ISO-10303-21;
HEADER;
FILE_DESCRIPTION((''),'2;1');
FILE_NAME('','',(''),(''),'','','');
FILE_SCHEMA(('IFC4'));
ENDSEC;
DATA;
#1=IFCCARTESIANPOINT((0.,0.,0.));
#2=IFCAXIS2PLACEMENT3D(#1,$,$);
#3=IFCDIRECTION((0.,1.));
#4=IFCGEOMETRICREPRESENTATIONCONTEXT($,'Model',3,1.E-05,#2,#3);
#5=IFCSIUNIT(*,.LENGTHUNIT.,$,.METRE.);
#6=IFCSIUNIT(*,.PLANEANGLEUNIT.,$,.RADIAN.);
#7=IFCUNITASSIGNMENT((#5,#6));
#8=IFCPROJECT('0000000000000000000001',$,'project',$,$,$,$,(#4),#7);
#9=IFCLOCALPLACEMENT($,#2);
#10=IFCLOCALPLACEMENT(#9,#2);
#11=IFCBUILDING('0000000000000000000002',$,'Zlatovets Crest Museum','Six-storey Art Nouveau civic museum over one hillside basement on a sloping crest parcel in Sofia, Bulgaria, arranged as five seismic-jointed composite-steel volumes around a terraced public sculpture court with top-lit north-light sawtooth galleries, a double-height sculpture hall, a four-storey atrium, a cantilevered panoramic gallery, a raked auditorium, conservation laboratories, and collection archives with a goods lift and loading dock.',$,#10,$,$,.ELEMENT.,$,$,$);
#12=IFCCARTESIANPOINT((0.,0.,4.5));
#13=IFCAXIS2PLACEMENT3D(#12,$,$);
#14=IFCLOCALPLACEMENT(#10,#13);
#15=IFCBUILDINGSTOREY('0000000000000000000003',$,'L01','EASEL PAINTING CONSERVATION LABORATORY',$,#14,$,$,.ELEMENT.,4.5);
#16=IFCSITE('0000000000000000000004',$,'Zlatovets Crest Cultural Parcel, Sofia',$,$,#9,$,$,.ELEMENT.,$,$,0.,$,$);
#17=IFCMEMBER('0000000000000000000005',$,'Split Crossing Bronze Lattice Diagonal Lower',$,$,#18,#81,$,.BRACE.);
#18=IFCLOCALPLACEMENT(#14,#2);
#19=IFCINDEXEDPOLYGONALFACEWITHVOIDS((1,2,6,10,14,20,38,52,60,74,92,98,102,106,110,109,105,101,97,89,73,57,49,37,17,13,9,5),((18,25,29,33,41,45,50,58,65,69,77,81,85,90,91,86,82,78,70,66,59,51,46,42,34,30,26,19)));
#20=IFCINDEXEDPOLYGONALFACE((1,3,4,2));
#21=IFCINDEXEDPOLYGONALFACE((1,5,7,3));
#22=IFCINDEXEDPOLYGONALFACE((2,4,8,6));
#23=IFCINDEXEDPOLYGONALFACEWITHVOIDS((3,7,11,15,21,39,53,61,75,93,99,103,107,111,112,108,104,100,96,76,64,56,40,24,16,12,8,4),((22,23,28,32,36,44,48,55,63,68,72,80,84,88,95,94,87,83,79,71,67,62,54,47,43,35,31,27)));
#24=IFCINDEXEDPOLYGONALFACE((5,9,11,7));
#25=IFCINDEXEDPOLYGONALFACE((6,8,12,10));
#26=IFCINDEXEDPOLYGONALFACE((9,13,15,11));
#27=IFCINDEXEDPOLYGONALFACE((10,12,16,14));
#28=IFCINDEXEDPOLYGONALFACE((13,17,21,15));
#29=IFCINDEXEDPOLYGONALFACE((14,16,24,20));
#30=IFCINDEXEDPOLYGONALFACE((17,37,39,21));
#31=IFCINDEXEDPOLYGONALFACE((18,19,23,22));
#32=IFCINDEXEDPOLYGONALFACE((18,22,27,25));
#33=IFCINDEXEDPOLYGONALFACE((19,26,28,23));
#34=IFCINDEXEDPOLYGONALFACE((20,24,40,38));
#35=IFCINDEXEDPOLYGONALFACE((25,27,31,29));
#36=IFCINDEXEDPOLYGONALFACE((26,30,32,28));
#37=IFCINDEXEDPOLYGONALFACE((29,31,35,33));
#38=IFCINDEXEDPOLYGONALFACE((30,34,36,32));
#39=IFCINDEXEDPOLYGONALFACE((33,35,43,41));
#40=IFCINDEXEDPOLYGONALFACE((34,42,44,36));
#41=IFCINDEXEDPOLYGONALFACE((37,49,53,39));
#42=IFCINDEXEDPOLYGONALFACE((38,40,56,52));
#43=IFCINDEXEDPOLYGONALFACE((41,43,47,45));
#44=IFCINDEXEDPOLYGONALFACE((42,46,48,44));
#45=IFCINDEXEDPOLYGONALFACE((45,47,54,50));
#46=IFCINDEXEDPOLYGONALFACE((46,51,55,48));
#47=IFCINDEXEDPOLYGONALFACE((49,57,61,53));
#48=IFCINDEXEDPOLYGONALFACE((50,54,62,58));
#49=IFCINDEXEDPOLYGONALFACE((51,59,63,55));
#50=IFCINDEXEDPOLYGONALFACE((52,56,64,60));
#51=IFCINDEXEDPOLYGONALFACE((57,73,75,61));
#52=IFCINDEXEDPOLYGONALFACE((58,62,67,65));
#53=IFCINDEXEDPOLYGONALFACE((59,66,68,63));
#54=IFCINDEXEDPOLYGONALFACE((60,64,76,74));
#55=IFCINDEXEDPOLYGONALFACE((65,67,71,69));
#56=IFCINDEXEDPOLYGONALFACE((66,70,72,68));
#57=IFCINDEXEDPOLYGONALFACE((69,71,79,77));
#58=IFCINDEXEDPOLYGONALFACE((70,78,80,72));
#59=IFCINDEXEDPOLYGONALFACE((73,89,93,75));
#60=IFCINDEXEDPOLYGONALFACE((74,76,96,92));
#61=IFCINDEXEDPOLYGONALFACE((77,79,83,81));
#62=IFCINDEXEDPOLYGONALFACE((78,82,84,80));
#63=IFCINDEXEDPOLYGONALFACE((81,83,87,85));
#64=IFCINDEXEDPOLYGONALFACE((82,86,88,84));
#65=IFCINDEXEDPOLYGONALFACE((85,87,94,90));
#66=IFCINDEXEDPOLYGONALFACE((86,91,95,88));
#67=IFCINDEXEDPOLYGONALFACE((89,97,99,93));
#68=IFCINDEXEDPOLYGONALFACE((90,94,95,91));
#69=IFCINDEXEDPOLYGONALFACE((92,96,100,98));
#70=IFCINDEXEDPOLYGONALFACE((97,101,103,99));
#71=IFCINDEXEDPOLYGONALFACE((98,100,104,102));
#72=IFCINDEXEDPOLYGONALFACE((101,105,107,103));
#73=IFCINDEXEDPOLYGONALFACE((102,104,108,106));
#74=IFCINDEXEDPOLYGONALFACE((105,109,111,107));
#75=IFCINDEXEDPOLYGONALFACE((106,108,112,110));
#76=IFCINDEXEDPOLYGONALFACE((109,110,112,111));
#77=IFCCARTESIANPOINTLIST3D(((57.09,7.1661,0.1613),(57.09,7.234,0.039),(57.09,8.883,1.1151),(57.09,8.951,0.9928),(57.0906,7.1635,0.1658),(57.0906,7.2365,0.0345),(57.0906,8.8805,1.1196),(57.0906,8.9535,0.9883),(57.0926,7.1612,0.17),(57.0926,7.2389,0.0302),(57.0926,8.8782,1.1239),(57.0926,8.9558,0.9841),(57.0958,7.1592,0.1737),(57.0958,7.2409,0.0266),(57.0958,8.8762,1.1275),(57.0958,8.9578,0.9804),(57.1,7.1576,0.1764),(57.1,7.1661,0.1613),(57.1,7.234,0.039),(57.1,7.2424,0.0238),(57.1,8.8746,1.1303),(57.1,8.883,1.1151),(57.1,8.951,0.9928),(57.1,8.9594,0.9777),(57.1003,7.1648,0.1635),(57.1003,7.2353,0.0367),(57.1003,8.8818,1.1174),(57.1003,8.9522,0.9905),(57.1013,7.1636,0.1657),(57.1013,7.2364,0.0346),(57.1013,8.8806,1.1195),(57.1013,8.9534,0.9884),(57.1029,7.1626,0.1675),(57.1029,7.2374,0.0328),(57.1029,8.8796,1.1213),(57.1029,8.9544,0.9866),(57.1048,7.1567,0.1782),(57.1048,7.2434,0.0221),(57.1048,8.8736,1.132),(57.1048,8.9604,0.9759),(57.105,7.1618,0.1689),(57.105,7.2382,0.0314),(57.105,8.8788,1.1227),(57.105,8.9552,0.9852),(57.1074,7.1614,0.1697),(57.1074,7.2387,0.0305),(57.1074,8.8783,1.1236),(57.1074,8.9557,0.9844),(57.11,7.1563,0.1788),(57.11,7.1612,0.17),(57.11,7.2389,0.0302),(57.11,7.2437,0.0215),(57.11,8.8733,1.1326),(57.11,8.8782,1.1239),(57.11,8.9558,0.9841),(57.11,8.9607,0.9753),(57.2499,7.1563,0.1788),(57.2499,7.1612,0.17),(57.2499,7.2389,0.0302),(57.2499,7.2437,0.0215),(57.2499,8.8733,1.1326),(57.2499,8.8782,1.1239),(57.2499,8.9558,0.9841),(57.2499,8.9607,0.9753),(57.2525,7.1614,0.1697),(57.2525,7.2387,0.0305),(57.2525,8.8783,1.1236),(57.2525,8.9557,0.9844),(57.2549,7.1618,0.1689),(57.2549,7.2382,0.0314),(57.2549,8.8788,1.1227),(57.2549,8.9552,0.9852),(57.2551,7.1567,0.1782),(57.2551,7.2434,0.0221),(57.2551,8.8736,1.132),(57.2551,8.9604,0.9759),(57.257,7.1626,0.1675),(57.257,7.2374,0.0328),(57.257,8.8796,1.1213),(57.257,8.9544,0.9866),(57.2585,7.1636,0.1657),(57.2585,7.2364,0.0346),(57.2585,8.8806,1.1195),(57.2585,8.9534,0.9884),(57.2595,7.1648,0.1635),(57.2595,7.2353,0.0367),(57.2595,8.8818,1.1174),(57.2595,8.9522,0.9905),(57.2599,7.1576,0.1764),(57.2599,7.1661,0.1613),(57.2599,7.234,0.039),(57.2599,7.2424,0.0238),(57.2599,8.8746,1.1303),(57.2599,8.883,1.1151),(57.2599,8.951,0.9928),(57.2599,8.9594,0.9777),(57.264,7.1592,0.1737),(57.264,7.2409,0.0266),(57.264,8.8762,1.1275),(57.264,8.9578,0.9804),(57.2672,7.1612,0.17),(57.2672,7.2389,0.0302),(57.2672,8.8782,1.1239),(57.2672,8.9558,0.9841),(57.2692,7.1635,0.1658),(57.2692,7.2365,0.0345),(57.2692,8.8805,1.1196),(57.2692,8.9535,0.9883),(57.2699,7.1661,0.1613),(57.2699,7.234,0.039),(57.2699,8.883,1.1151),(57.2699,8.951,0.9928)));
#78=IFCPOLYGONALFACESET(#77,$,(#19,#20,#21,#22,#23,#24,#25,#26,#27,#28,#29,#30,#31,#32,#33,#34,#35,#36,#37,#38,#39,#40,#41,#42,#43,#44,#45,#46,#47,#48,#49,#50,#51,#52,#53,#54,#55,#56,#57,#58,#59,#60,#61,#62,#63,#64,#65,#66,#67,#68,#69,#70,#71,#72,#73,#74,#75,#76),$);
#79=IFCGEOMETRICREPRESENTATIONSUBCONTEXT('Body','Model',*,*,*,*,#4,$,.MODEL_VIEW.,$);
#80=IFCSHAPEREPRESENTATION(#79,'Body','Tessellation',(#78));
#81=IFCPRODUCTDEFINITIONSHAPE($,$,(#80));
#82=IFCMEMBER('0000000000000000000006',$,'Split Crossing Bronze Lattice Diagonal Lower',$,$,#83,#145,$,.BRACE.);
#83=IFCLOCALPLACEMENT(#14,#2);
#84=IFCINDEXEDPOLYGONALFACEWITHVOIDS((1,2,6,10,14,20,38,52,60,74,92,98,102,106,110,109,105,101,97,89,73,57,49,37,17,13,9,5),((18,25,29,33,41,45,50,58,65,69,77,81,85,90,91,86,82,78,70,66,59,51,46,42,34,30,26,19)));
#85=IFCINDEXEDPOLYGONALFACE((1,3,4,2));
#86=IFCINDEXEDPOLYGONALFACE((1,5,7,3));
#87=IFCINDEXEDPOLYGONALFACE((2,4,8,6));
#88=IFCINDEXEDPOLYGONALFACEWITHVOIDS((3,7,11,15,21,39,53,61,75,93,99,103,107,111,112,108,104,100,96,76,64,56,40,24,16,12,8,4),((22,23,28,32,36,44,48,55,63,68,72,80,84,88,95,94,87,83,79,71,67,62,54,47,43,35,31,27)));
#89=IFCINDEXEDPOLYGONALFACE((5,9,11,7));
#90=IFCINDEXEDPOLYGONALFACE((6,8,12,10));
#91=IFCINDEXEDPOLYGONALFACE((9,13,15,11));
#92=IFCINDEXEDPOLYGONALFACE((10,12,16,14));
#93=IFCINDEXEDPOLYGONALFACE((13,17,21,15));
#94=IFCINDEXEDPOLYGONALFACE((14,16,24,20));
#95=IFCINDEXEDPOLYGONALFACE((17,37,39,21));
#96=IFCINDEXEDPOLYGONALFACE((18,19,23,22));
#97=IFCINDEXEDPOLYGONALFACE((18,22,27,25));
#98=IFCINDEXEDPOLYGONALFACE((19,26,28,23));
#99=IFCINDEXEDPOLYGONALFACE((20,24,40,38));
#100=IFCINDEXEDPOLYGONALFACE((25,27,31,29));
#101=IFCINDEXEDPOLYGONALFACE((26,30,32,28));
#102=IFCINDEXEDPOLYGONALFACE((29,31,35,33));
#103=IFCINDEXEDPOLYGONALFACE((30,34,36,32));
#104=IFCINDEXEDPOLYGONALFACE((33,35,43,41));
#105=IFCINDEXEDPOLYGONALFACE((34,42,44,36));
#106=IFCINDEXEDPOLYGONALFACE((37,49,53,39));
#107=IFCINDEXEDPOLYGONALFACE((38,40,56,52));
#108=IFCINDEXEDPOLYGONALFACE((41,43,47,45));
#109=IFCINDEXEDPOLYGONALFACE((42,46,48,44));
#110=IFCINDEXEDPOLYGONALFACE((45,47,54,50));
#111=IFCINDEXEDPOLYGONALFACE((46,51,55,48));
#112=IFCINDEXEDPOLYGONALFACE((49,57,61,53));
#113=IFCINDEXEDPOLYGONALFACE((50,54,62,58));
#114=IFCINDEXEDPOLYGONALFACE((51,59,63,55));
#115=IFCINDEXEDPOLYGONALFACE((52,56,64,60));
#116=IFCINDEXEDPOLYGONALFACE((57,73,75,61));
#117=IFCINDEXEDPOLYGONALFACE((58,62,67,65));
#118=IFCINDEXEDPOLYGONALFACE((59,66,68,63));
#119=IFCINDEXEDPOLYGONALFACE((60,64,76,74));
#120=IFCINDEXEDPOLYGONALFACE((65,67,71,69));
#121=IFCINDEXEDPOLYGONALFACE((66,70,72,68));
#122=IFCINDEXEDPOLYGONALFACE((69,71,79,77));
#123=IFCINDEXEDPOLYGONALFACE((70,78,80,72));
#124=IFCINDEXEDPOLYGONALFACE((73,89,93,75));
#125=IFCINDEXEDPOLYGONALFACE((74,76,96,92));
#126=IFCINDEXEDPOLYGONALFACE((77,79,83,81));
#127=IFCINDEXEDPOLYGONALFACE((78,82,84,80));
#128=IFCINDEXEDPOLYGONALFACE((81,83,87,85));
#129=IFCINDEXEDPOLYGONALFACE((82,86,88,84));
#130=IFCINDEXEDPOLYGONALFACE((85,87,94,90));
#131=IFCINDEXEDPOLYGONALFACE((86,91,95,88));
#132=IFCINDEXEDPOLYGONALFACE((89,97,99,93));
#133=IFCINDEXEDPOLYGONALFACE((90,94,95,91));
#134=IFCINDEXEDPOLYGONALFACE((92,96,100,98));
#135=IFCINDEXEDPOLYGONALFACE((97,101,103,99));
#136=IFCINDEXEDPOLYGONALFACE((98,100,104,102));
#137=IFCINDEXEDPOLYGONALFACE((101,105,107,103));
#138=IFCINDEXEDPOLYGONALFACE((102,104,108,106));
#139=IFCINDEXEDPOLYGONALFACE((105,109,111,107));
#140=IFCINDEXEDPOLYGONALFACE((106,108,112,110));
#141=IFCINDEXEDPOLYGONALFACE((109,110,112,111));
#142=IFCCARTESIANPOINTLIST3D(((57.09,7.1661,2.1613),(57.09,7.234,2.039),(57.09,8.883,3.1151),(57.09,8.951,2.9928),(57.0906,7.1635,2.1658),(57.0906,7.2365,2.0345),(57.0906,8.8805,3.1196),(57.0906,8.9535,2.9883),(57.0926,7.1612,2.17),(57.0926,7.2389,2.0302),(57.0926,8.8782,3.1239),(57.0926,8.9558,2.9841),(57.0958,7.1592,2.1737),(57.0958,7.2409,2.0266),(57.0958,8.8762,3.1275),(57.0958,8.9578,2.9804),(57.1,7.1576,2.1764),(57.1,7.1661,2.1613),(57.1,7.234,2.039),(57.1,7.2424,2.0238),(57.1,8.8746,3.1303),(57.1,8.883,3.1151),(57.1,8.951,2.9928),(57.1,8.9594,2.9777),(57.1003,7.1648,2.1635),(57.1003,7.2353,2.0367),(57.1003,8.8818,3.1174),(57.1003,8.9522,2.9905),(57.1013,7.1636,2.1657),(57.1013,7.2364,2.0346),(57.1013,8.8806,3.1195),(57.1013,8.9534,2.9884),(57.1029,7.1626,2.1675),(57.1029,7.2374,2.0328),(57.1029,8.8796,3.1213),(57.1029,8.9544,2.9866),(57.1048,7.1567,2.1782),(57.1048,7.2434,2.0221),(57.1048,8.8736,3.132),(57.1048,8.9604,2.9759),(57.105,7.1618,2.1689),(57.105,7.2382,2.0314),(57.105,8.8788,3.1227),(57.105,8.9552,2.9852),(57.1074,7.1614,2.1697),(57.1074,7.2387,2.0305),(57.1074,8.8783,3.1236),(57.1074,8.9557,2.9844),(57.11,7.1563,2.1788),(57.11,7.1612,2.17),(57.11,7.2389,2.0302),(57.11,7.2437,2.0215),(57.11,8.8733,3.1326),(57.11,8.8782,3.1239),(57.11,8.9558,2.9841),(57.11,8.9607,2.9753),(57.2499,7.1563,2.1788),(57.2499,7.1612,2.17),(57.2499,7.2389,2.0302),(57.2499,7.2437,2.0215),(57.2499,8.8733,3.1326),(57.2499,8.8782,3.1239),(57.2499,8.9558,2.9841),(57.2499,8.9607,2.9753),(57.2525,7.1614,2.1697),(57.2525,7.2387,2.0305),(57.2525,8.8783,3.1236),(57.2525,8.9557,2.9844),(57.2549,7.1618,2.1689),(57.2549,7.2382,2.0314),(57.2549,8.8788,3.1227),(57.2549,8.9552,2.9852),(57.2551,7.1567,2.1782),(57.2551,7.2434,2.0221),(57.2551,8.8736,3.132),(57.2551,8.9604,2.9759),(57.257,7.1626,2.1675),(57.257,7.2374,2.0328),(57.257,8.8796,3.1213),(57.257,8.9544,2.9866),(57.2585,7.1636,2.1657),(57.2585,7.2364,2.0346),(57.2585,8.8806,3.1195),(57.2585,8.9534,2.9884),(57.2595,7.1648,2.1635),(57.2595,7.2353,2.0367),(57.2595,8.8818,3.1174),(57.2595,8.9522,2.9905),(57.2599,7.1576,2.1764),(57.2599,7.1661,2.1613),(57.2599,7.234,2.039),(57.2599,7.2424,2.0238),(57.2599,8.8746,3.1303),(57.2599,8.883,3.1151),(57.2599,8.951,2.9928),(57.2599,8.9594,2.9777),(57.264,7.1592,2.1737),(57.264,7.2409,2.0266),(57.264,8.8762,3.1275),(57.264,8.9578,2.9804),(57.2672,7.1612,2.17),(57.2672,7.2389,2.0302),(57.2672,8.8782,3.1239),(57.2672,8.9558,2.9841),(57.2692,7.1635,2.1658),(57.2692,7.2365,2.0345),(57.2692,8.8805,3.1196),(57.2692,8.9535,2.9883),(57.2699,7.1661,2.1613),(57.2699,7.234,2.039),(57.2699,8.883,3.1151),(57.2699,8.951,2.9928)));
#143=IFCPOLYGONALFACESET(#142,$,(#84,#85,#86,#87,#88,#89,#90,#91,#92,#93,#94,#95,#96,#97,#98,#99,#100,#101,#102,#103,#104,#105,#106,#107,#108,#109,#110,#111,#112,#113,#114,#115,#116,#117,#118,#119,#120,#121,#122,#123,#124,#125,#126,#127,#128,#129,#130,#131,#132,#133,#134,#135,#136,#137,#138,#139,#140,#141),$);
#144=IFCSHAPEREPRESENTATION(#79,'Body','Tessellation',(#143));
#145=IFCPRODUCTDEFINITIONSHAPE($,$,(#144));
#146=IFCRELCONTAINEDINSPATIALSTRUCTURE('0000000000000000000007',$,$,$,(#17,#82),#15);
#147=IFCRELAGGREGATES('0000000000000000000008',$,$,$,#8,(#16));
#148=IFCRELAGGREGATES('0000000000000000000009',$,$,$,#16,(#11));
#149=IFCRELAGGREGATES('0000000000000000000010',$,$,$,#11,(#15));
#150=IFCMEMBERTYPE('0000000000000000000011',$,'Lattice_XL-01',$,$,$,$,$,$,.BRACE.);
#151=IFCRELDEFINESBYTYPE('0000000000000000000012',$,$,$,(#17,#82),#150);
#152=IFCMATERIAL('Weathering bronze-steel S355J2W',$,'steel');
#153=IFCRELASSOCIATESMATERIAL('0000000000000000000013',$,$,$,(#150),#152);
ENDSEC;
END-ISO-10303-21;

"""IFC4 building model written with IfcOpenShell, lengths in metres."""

from ifc_helpers import new_model, si_unit, direction, frame, origin, origin_2d, place, context, subcontext, project, spatial, hollow_rectangle, extrude, material, material_profile, profile_set, type_object, element, save


model = new_model("IFC4")

# Units and contexts
model_context = context("Model", 3, precision=1e-05, world=origin(), true_north=direction((0.0, 1.0)))
body_context = subcontext(model_context, "Body", "Model", "MODEL_VIEW")
ifc_project = project(units=[si_unit("LENGTHUNIT", "METRE"), si_unit("PLANEANGLEUNIT", "RADIAN")], contexts=[model_context])

# Site, building, storey
site_placement = place(None, origin())
site = spatial("IfcSite", under=ifc_project, at=site_placement, Name="Zlatovets Crest Cultural Parcel, Sofia", CompositionType="ELEMENT", RefElevation=0.0)
building_placement = place(site_placement, origin())
building = spatial("IfcBuilding", under=site, at=building_placement, Name="Zlatovets Crest Museum", Description="Six-storey Art Nouveau civic museum over one hillside basement on a sloping crest parcel in Sofia, Bulgaria, arranged as five seismic-jointed composite-steel volumes around a terraced public sculpture court with top-lit north-light sawtooth galleries, a double-height sculpture hall, a four-storey atrium, a cantilevered panoramic gallery, a raked auditorium, conservation laboratories, and collection archives with a goods lift and loading dock.", CompositionType="ELEMENT")
storey_placement = place(building_placement, frame((0.0, 0.0, 4.5)))
storey = spatial("IfcBuildingStorey", under=building, at=storey_placement, Name="L01", Description="EASEL PAINTING CONSERVATION LABORATORY", CompositionType="ELEMENT", Elevation=4.5)

# Members
ifc_material_1 = material(Name="Weathering bronze-steel S355J2W", Category="steel")
ifc_material_profile_1 = material_profile(ifc_material_1, hollow_rectangle(XDim=0.1799, YDim=0.1799, WallThickness=0.01, InnerFilletRadius=0.01, OuterFilletRadius=0.02, at=origin_2d()), Name="SHS 180x180x10.0")
ifc_profile_set_1 = profile_set([ifc_material_profile_1], Name="Weathering bronze-steel S355J2W")
member_type_1 = type_object("IfcMemberType", Name="Lattice_XL-01", PredefinedType="BRACE", material=ifc_profile_set_1)
for number, where, z_axis, x_axis, name in (
    (1, (57.1799, 8.917, 1.054), (0.0, -0.874169, -0.485622), (1.0, 0.0, 0.0), "Split Crossing Bronze Lattice Diagonal Lower"),
    (2, (57.1799, 8.917, 3.054), (0.0, -0.874169, -0.485622), (1.0, 0.0, 0.0), "Split Crossing Bronze Lattice Diagonal Lower"),
):
    element("IfcMember", number, at=place(storey_placement, frame(where, z_axis=z_axis, x_axis=x_axis)), inside=storey, type_object=member_type_1, Name=name, PredefinedType="BRACE", context=body_context, shape_type="SweptSolid", body=[
        extrude(hollow_rectangle(XDim=0.1799, YDim=0.1799, WallThickness=0.01, InnerFilletRadius=0.01, OuterFilletRadius=0.02, at=origin_2d()), origin(), (0.0, 0.0, 1.0), 1.9641),
    ])

save(model, "model.ifc")
